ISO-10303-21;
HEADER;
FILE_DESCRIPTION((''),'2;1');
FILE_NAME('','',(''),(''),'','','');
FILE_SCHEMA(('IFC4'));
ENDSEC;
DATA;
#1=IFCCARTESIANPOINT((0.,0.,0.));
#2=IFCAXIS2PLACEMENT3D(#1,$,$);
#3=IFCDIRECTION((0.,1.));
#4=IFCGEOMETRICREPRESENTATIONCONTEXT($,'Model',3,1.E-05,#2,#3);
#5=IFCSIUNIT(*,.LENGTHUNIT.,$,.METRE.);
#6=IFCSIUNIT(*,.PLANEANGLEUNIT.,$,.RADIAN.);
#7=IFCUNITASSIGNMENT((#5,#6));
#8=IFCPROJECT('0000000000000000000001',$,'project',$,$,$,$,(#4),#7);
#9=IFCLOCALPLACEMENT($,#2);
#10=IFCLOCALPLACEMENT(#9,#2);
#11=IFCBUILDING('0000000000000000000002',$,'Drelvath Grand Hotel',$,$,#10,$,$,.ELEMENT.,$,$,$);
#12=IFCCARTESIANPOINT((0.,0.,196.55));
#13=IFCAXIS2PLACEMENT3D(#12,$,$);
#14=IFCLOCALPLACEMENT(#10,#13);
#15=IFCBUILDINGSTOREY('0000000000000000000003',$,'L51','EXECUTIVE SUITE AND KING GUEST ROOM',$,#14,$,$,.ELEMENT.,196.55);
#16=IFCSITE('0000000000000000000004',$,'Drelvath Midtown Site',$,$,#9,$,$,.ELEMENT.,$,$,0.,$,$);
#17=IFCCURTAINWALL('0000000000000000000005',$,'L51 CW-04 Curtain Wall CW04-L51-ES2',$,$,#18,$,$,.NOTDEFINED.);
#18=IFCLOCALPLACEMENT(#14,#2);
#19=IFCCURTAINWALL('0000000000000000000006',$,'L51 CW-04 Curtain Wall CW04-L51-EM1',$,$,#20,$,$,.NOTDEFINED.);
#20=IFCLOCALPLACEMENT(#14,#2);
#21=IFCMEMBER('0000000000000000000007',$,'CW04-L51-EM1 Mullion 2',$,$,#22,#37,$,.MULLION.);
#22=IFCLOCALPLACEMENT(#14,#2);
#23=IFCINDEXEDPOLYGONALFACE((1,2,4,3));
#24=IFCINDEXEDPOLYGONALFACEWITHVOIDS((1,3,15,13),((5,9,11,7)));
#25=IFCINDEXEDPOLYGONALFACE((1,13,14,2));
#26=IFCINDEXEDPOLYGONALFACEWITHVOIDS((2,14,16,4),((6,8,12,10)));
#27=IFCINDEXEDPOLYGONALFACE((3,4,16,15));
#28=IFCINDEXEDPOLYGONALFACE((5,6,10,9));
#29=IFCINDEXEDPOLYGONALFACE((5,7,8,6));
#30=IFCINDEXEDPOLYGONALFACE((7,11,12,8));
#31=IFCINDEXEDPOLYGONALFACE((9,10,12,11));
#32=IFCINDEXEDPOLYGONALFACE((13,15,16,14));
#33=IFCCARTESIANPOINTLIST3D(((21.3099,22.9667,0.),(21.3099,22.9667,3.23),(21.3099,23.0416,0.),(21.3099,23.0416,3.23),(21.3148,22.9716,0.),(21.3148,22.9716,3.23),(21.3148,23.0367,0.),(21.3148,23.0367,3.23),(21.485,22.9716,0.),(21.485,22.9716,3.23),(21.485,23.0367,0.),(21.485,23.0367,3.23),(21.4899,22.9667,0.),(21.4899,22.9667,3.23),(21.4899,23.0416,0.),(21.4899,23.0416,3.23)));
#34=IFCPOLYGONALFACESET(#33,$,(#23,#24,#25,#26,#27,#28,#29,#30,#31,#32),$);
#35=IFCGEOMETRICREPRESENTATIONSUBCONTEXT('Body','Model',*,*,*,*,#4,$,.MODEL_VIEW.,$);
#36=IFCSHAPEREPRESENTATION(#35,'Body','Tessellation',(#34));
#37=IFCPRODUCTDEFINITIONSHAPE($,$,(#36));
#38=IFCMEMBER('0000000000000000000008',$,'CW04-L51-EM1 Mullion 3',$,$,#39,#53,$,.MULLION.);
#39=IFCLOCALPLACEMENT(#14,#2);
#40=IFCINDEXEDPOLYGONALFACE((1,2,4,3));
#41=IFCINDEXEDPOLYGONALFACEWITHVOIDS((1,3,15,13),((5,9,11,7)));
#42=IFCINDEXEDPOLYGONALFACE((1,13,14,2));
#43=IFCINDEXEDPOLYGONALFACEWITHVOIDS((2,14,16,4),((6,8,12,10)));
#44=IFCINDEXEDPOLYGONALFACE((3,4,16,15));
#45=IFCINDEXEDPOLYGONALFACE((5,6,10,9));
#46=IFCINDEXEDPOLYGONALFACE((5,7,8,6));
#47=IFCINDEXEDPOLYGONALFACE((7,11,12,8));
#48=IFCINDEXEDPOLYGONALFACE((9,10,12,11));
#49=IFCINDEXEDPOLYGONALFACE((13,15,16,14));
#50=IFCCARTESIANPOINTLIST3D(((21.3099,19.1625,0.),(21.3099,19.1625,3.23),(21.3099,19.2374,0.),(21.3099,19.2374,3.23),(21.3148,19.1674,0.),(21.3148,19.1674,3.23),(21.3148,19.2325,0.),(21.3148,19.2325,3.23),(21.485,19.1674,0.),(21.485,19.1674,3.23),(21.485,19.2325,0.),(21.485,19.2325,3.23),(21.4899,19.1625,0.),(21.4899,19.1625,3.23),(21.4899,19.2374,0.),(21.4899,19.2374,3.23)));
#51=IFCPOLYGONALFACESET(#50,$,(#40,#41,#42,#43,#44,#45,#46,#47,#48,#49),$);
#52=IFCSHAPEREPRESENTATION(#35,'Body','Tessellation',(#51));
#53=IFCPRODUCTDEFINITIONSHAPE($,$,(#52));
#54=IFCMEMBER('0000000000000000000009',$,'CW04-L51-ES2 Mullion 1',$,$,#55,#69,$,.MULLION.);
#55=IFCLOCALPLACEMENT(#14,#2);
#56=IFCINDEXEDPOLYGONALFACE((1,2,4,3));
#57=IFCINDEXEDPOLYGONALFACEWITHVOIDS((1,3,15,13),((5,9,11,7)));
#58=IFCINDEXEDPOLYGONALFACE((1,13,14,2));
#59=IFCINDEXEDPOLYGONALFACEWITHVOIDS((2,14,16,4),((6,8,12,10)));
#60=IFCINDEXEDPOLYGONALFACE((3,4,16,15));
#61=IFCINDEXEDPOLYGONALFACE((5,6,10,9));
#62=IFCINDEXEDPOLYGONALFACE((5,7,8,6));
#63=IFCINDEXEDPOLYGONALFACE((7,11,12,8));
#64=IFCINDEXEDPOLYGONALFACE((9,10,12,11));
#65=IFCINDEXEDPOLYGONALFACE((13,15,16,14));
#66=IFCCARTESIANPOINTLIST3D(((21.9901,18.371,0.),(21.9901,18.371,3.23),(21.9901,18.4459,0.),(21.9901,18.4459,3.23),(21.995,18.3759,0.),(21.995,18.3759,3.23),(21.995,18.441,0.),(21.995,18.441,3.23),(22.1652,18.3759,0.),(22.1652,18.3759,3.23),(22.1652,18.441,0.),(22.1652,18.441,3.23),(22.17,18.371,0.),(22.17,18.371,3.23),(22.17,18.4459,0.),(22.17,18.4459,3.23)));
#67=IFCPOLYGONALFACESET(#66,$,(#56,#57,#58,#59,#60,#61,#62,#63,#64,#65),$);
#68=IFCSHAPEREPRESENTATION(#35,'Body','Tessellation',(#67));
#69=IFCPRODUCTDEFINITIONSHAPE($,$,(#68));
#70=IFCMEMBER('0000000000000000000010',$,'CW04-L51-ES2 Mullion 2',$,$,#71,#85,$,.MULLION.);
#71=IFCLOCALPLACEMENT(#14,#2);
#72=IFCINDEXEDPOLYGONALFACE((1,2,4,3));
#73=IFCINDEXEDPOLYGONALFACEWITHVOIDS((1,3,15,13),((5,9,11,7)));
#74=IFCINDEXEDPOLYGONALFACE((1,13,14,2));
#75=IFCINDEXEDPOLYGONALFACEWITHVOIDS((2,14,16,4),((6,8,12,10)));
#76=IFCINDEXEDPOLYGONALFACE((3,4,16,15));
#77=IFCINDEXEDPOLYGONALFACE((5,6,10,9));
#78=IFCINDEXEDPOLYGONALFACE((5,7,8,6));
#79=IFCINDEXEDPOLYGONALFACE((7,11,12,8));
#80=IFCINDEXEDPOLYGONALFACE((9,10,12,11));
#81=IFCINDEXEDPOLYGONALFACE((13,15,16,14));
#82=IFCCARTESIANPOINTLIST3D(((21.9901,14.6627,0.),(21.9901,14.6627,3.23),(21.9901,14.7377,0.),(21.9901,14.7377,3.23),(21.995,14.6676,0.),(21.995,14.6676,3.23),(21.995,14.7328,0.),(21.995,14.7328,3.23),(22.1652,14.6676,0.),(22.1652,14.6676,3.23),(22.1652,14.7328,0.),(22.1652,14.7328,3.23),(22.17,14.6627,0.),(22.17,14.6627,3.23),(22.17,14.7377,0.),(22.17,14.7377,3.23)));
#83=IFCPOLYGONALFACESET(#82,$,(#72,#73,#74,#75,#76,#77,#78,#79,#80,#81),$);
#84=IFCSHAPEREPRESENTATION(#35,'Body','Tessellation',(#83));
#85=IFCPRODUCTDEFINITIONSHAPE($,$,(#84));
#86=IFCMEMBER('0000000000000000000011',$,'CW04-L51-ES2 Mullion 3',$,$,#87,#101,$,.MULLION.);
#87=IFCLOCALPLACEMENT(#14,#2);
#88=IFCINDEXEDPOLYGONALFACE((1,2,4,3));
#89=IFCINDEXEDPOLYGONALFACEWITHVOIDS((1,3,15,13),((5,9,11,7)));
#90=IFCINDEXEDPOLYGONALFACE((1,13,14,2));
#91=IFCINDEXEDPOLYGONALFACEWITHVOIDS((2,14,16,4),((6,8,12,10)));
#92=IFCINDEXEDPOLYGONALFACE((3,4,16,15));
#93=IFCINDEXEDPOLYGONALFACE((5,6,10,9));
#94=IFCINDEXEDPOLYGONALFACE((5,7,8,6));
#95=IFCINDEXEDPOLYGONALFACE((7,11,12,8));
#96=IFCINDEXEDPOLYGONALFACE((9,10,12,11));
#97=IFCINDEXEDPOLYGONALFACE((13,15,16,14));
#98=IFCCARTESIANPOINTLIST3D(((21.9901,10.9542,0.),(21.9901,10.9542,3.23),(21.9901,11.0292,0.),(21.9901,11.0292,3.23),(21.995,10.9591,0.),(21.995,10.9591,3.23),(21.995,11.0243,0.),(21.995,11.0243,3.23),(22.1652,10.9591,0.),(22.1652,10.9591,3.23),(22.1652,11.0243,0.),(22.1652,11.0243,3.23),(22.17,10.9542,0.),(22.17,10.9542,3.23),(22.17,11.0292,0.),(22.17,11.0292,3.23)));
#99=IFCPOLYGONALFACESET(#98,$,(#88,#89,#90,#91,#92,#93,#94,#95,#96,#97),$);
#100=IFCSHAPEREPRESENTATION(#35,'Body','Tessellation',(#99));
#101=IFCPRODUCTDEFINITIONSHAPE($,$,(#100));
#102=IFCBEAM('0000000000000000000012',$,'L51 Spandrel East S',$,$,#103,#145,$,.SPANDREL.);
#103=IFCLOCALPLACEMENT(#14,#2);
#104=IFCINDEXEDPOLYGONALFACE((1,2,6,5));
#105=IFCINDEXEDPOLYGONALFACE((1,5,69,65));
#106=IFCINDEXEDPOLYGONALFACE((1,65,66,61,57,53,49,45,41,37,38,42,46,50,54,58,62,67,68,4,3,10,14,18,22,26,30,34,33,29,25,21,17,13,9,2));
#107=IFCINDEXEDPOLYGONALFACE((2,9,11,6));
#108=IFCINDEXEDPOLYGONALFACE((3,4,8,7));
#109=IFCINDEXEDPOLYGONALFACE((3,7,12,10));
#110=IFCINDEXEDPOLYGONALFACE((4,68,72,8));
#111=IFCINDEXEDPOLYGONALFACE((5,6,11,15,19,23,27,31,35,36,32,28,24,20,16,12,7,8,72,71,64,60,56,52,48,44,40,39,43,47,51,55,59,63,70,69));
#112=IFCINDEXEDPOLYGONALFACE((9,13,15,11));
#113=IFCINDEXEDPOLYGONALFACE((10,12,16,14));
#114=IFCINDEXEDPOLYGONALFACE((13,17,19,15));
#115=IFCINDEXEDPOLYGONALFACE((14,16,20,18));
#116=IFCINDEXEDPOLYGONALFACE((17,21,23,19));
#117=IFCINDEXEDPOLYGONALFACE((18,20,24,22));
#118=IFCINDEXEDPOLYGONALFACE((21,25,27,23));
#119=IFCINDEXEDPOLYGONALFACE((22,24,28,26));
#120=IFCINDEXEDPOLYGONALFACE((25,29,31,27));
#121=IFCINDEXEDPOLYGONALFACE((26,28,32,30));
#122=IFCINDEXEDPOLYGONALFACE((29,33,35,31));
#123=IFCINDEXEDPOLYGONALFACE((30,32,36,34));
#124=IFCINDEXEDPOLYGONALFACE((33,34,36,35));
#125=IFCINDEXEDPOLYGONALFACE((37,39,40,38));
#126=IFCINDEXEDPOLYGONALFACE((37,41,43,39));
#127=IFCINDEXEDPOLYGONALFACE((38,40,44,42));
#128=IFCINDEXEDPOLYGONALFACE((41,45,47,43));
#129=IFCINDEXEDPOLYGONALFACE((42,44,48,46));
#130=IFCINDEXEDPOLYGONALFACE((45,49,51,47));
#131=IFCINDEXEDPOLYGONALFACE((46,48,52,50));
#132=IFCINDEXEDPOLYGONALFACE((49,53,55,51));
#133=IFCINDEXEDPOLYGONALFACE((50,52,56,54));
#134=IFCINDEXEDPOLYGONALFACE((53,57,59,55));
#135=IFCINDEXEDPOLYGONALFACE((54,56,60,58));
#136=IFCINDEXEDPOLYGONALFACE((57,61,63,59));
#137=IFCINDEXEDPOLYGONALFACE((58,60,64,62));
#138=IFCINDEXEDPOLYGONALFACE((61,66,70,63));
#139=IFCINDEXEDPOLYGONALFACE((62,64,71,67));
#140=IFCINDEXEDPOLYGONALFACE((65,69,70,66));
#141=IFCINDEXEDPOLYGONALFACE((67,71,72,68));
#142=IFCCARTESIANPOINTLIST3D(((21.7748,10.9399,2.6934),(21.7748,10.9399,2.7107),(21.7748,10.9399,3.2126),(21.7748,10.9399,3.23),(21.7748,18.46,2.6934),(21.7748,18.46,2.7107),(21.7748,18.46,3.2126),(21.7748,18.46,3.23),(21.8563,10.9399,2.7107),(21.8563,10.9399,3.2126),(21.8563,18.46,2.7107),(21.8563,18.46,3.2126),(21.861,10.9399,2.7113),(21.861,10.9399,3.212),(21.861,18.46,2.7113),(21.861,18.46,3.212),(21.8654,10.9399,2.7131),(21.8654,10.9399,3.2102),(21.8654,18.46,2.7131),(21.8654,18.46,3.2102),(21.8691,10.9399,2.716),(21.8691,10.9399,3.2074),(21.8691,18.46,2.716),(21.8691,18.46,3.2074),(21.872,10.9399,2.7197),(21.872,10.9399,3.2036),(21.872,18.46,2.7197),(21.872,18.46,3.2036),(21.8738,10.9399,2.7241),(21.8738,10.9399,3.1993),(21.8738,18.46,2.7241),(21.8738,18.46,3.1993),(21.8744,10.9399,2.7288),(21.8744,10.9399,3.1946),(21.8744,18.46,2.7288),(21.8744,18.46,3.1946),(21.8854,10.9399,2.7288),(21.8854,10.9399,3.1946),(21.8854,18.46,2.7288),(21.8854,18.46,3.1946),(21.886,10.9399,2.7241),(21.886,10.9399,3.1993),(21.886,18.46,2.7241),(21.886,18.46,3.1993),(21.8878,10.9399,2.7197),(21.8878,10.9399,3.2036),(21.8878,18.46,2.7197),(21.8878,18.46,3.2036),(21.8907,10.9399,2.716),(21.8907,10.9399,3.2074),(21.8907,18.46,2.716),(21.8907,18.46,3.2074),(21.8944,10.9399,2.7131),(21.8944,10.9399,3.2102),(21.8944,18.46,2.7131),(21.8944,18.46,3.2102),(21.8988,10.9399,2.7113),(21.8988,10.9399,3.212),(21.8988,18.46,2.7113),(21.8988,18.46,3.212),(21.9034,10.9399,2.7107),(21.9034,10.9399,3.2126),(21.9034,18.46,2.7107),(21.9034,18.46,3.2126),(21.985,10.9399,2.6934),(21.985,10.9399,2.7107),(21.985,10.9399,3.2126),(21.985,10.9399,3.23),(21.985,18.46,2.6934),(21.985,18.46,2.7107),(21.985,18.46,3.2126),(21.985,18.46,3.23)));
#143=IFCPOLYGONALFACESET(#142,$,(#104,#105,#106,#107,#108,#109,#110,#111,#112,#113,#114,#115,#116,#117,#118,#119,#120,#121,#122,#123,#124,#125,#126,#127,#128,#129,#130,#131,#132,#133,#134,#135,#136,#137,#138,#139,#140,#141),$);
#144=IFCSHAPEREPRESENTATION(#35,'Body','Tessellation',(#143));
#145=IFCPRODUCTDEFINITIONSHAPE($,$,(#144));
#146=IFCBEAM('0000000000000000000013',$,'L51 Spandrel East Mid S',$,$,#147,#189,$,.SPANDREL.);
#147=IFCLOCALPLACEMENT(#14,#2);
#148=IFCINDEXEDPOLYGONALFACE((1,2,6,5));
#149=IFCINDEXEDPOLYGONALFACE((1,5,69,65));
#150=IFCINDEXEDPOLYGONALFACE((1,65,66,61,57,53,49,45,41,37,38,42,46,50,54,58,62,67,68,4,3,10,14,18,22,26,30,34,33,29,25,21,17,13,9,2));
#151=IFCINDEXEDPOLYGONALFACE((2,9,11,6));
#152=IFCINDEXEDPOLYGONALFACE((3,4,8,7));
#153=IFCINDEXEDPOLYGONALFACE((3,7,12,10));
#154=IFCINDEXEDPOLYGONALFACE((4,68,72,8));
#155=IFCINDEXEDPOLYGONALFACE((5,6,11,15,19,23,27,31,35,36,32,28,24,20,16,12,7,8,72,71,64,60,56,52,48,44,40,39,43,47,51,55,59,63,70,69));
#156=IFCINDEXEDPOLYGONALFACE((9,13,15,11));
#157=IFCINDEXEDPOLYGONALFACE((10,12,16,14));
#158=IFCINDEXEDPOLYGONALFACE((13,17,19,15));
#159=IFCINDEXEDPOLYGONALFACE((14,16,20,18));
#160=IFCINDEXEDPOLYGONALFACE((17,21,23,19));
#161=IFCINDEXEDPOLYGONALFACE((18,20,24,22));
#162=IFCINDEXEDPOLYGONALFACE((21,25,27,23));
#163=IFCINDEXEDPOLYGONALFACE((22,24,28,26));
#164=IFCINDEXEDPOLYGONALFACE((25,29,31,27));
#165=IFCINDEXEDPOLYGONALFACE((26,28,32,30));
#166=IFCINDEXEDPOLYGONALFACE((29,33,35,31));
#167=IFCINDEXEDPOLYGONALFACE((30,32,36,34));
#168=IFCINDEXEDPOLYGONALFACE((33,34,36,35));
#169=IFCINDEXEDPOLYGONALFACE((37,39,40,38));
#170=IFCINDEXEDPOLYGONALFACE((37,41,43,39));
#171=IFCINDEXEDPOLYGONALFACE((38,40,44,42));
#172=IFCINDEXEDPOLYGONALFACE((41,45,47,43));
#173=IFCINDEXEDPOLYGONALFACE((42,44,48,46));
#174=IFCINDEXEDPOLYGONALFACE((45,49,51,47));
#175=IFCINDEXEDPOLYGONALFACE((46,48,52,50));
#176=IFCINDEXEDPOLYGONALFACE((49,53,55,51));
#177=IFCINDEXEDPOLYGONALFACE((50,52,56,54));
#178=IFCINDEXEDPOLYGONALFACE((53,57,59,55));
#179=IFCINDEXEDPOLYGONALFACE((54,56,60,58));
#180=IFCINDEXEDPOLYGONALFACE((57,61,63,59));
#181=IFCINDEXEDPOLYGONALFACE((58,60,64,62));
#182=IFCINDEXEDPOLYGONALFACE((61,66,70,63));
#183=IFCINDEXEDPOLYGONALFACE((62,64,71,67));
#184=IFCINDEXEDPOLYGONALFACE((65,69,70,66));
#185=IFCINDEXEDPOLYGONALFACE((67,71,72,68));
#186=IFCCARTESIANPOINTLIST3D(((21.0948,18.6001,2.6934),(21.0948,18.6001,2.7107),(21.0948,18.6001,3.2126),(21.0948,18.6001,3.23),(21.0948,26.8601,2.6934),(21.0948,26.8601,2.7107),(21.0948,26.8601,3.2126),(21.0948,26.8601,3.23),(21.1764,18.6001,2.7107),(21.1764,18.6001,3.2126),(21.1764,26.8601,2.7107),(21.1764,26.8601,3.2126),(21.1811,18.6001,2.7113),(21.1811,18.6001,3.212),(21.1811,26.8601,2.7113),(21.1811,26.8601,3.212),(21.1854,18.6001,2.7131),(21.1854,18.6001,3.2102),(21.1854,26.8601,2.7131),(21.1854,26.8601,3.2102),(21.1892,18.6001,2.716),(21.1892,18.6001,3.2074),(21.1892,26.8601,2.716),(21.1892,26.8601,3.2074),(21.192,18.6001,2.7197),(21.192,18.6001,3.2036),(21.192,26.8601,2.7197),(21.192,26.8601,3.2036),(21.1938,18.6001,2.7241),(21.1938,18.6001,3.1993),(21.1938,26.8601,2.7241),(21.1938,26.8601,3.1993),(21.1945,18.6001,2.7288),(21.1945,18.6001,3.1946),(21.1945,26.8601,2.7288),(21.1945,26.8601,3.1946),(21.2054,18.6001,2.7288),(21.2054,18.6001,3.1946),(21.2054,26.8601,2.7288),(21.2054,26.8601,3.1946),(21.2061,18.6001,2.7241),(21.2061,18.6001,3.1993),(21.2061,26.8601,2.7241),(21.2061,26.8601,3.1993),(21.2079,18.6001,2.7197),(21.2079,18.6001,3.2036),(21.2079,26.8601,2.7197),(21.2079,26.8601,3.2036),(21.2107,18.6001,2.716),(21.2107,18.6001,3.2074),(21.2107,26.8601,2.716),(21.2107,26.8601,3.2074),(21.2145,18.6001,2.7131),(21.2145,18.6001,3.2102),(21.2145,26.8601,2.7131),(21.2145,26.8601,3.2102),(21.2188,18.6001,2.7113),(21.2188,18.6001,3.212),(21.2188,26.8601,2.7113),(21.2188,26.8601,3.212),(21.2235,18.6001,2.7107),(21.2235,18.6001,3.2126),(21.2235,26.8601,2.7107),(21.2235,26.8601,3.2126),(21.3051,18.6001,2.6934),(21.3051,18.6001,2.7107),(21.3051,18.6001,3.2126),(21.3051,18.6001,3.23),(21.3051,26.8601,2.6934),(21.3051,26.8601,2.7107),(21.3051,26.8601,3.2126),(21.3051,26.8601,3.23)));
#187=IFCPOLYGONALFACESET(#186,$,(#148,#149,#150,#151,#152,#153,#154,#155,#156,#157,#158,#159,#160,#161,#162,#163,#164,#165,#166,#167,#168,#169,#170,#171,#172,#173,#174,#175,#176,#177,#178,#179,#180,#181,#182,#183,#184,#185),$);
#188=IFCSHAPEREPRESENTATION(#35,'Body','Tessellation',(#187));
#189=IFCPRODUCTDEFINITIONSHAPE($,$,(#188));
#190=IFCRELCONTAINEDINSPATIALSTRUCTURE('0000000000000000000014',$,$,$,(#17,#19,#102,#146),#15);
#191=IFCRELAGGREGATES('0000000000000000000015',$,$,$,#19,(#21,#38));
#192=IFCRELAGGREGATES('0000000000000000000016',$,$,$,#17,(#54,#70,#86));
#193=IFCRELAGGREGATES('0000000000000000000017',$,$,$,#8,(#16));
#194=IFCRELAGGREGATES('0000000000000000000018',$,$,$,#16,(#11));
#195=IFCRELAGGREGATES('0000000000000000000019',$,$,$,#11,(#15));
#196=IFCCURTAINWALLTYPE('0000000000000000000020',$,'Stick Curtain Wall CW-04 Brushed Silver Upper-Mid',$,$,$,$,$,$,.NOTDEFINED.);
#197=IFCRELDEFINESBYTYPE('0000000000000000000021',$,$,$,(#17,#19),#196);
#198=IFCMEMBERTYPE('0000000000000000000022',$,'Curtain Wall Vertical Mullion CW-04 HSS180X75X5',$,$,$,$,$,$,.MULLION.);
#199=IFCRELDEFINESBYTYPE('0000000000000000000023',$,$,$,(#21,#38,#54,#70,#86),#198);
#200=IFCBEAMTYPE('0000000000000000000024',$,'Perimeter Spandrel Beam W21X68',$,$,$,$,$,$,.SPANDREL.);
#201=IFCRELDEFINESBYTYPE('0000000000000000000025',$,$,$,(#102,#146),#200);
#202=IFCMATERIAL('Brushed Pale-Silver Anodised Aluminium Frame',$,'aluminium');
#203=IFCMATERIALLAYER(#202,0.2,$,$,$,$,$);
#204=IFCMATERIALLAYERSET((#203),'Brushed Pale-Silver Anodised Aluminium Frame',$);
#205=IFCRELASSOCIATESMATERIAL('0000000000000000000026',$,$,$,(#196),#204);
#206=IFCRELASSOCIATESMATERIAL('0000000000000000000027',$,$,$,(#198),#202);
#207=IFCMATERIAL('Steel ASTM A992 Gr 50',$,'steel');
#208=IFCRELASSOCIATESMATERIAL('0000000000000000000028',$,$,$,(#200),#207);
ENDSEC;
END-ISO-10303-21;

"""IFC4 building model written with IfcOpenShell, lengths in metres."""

from ifc_helpers import new_model, si_unit, direction, frame, origin, origin_2d, place, context, subcontext, project, spatial, hollow_rectangle, i_section, extrude, material, layer, layer_set, material_profile, profile_set, type_object, element, aggregate, save


model = new_model("IFC4")

# Units and contexts
model_context = context("Model", 3, precision=1e-05, world=origin(), true_north=direction((0.0, 1.0)))
body_context = subcontext(model_context, "Body", "Model", "MODEL_VIEW")
ifc_project = project(units=[si_unit("LENGTHUNIT", "METRE"), si_unit("PLANEANGLEUNIT", "RADIAN")], contexts=[model_context])

# Site, building, storey
site_placement = place(None, origin())
site = spatial("IfcSite", under=ifc_project, at=site_placement, Name="Drelvath Midtown Site", CompositionType="ELEMENT", RefElevation=0.0)
building_placement = place(site_placement, origin())
building = spatial("IfcBuilding", under=site, at=building_placement, Name="Drelvath Grand Hotel", CompositionType="ELEMENT")
storey_placement = place(building_placement, frame((0.0, 0.0, 196.55)))
storey = spatial("IfcBuildingStorey", under=building, at=storey_placement, Name="L51", Description="EXECUTIVE SUITE AND KING GUEST ROOM", CompositionType="ELEMENT", Elevation=196.55)

# Shared definitions
ifc_material_1 = material(Name="Steel ASTM A992 Gr 50", Category="steel")

# Curtain wall
ifc_material_2 = material(Name="Brushed Pale-Silver Anodised Aluminium Frame", Category="aluminium")
ifc_layer_1 = layer(ifc_material_2, 0.2)
ifc_layer_set_1 = layer_set([ifc_layer_1], Name="Brushed Pale-Silver Anodised Aluminium Frame")
curtain_wall_type = type_object("IfcCurtainWallType", Name="Stick Curtain Wall CW-04 Brushed Silver Upper-Mid", PredefinedType="NOTDEFINED", material=ifc_layer_set_1)
curtain_wall_1_placement = place(storey_placement, origin())
curtain_wall_1 = element("IfcCurtainWall", 1, at=curtain_wall_1_placement, inside=storey, type_object=curtain_wall_type, Name="L51 CW-04 Curtain Wall CW04-L51-ES2", PredefinedType="NOTDEFINED")

# Curtain wall, members
curtain_wall_2_placement = place(storey_placement, origin())
curtain_wall_2 = element("IfcCurtainWall", 2, at=curtain_wall_2_placement, inside=storey, type_object=curtain_wall_type, Name="L51 CW-04 Curtain Wall CW04-L51-EM1", PredefinedType="NOTDEFINED")
ifc_material_profile_1 = material_profile(ifc_material_2, hollow_rectangle(XDim=0.075, YDim=0.1799, WallThickness=0.0049, at=origin_2d()), Name="HSS180X75X5")
ifc_profile_set_1 = profile_set([ifc_material_profile_1], Name="Brushed Pale-Silver Anodised Aluminium Frame")
member_type_1 = type_object("IfcMemberType", Name="Curtain Wall Vertical Mullion CW-04 HSS180X75X5", PredefinedType="MULLION", material=ifc_profile_set_1)
member_1_placement = place(storey_placement, frame((21.3999, 23.0042, 0.0), z_axis=(0.0, 0.0, 1.0), x_axis=(0.0, 1.0, 0.0)))
member_1 = element("IfcMember", 3, at=member_1_placement, type_object=member_type_1, Name="CW04-L51-EM1 Mullion 2", PredefinedType="MULLION", context=body_context, shape_type="SweptSolid", body=[
    extrude(hollow_rectangle(XDim=0.075, YDim=0.1799, WallThickness=0.0049, at=origin_2d()), origin(), (0.0, 0.0, 1.0), 3.23),
])
member_2_placement = place(storey_placement, frame((21.3999, 19.2, 0.0), z_axis=(0.0, 0.0, 1.0), x_axis=(0.0, 1.0, 0.0)))
member_2 = element("IfcMember", 4, at=member_2_placement, type_object=member_type_1, Name="CW04-L51-EM1 Mullion 3", PredefinedType="MULLION", context=body_context, shape_type="SweptSolid", body=[
    extrude(hollow_rectangle(XDim=0.075, YDim=0.1799, WallThickness=0.0049, at=origin_2d()), origin(), (0.0, 0.0, 1.0), 3.23),
])

# Members
member_3_placement = place(storey_placement, frame((22.0801, 18.4084, 0.0), z_axis=(0.0, 0.0, 1.0), x_axis=(0.0, 1.0, 0.0)))
member_3 = element("IfcMember", 5, at=member_3_placement, type_object=member_type_1, Name="CW04-L51-ES2 Mullion 1", PredefinedType="MULLION", context=body_context, shape_type="SweptSolid", body=[
    extrude(hollow_rectangle(XDim=0.075, YDim=0.1799, WallThickness=0.0049, at=origin_2d()), origin(), (0.0, 0.0, 1.0), 3.23),
])
member_4_placement = place(storey_placement, frame((22.0801, 14.7002, 0.0), z_axis=(0.0, 0.0, 1.0), x_axis=(0.0, 1.0, 0.0)))
member_4 = element("IfcMember", 6, at=member_4_placement, type_object=member_type_1, Name="CW04-L51-ES2 Mullion 2", PredefinedType="MULLION", context=body_context, shape_type="SweptSolid", body=[
    extrude(hollow_rectangle(XDim=0.075, YDim=0.1799, WallThickness=0.0049, at=origin_2d()), origin(), (0.0, 0.0, 1.0), 3.23),
])
member_5_placement = place(storey_placement, frame((22.0801, 10.9917, 0.0), z_axis=(0.0, 0.0, 1.0), x_axis=(0.0, 1.0, 0.0)))
member_5 = element("IfcMember", 7, at=member_5_placement, type_object=member_type_1, Name="CW04-L51-ES2 Mullion 3", PredefinedType="MULLION", context=body_context, shape_type="SweptSolid", body=[
    extrude(hollow_rectangle(XDim=0.075, YDim=0.1799, WallThickness=0.0049, at=origin_2d()), origin(), (0.0, 0.0, 1.0), 3.23),
])

# Beams
ifc_material_profile_2 = material_profile(ifc_material_1, i_section(OverallWidth=0.2102, OverallDepth=0.5366, WebThickness=0.011, FlangeThickness=0.0173, FilletRadius=0.0181, at=origin_2d()), Name="W21X68")
ifc_profile_set_2 = profile_set([ifc_material_profile_2], Name="Steel ASTM A992 Gr 50")
beam_type_1 = type_object("IfcBeamType", Name="Perimeter Spandrel Beam W21X68", PredefinedType="SPANDREL", material=ifc_profile_set_2)
beam_1_placement = place(storey_placement, frame((21.8799, 10.9399, 2.9617), z_axis=(0.0, 1.0, 0.0), x_axis=(-1.0, 0.0, 0.0)))
element("IfcBeam", 8, at=beam_1_placement, inside=storey, type_object=beam_type_1, Name="L51 Spandrel East S", PredefinedType="SPANDREL", context=body_context, shape_type="SweptSolid", body=[
    extrude(i_section(OverallWidth=0.2102, OverallDepth=0.5366, WebThickness=0.011, FlangeThickness=0.0173, FilletRadius=0.0181, at=origin_2d()), origin(), (0.0, 0.0, 1.0), 7.52),
])
beam_2_placement = place(storey_placement, frame((21.2, 18.6001, 2.9617), z_axis=(0.0, 1.0, 0.0), x_axis=(-1.0, 0.0, 0.0)))
element("IfcBeam", 9, at=beam_2_placement, inside=storey, type_object=beam_type_1, Name="L51 Spandrel East Mid S", PredefinedType="SPANDREL", context=body_context, shape_type="SweptSolid", body=[
    extrude(i_section(OverallWidth=0.2102, OverallDepth=0.5366, WebThickness=0.011, FlangeThickness=0.0173, FilletRadius=0.0181, at=origin_2d()), origin(), (0.0, 0.0, 1.0), 8.26),
])

aggregate(curtain_wall_2, [member_1, member_2])
aggregate(curtain_wall_1, [member_3, member_4, member_5])

save(model, "model.ifc")
